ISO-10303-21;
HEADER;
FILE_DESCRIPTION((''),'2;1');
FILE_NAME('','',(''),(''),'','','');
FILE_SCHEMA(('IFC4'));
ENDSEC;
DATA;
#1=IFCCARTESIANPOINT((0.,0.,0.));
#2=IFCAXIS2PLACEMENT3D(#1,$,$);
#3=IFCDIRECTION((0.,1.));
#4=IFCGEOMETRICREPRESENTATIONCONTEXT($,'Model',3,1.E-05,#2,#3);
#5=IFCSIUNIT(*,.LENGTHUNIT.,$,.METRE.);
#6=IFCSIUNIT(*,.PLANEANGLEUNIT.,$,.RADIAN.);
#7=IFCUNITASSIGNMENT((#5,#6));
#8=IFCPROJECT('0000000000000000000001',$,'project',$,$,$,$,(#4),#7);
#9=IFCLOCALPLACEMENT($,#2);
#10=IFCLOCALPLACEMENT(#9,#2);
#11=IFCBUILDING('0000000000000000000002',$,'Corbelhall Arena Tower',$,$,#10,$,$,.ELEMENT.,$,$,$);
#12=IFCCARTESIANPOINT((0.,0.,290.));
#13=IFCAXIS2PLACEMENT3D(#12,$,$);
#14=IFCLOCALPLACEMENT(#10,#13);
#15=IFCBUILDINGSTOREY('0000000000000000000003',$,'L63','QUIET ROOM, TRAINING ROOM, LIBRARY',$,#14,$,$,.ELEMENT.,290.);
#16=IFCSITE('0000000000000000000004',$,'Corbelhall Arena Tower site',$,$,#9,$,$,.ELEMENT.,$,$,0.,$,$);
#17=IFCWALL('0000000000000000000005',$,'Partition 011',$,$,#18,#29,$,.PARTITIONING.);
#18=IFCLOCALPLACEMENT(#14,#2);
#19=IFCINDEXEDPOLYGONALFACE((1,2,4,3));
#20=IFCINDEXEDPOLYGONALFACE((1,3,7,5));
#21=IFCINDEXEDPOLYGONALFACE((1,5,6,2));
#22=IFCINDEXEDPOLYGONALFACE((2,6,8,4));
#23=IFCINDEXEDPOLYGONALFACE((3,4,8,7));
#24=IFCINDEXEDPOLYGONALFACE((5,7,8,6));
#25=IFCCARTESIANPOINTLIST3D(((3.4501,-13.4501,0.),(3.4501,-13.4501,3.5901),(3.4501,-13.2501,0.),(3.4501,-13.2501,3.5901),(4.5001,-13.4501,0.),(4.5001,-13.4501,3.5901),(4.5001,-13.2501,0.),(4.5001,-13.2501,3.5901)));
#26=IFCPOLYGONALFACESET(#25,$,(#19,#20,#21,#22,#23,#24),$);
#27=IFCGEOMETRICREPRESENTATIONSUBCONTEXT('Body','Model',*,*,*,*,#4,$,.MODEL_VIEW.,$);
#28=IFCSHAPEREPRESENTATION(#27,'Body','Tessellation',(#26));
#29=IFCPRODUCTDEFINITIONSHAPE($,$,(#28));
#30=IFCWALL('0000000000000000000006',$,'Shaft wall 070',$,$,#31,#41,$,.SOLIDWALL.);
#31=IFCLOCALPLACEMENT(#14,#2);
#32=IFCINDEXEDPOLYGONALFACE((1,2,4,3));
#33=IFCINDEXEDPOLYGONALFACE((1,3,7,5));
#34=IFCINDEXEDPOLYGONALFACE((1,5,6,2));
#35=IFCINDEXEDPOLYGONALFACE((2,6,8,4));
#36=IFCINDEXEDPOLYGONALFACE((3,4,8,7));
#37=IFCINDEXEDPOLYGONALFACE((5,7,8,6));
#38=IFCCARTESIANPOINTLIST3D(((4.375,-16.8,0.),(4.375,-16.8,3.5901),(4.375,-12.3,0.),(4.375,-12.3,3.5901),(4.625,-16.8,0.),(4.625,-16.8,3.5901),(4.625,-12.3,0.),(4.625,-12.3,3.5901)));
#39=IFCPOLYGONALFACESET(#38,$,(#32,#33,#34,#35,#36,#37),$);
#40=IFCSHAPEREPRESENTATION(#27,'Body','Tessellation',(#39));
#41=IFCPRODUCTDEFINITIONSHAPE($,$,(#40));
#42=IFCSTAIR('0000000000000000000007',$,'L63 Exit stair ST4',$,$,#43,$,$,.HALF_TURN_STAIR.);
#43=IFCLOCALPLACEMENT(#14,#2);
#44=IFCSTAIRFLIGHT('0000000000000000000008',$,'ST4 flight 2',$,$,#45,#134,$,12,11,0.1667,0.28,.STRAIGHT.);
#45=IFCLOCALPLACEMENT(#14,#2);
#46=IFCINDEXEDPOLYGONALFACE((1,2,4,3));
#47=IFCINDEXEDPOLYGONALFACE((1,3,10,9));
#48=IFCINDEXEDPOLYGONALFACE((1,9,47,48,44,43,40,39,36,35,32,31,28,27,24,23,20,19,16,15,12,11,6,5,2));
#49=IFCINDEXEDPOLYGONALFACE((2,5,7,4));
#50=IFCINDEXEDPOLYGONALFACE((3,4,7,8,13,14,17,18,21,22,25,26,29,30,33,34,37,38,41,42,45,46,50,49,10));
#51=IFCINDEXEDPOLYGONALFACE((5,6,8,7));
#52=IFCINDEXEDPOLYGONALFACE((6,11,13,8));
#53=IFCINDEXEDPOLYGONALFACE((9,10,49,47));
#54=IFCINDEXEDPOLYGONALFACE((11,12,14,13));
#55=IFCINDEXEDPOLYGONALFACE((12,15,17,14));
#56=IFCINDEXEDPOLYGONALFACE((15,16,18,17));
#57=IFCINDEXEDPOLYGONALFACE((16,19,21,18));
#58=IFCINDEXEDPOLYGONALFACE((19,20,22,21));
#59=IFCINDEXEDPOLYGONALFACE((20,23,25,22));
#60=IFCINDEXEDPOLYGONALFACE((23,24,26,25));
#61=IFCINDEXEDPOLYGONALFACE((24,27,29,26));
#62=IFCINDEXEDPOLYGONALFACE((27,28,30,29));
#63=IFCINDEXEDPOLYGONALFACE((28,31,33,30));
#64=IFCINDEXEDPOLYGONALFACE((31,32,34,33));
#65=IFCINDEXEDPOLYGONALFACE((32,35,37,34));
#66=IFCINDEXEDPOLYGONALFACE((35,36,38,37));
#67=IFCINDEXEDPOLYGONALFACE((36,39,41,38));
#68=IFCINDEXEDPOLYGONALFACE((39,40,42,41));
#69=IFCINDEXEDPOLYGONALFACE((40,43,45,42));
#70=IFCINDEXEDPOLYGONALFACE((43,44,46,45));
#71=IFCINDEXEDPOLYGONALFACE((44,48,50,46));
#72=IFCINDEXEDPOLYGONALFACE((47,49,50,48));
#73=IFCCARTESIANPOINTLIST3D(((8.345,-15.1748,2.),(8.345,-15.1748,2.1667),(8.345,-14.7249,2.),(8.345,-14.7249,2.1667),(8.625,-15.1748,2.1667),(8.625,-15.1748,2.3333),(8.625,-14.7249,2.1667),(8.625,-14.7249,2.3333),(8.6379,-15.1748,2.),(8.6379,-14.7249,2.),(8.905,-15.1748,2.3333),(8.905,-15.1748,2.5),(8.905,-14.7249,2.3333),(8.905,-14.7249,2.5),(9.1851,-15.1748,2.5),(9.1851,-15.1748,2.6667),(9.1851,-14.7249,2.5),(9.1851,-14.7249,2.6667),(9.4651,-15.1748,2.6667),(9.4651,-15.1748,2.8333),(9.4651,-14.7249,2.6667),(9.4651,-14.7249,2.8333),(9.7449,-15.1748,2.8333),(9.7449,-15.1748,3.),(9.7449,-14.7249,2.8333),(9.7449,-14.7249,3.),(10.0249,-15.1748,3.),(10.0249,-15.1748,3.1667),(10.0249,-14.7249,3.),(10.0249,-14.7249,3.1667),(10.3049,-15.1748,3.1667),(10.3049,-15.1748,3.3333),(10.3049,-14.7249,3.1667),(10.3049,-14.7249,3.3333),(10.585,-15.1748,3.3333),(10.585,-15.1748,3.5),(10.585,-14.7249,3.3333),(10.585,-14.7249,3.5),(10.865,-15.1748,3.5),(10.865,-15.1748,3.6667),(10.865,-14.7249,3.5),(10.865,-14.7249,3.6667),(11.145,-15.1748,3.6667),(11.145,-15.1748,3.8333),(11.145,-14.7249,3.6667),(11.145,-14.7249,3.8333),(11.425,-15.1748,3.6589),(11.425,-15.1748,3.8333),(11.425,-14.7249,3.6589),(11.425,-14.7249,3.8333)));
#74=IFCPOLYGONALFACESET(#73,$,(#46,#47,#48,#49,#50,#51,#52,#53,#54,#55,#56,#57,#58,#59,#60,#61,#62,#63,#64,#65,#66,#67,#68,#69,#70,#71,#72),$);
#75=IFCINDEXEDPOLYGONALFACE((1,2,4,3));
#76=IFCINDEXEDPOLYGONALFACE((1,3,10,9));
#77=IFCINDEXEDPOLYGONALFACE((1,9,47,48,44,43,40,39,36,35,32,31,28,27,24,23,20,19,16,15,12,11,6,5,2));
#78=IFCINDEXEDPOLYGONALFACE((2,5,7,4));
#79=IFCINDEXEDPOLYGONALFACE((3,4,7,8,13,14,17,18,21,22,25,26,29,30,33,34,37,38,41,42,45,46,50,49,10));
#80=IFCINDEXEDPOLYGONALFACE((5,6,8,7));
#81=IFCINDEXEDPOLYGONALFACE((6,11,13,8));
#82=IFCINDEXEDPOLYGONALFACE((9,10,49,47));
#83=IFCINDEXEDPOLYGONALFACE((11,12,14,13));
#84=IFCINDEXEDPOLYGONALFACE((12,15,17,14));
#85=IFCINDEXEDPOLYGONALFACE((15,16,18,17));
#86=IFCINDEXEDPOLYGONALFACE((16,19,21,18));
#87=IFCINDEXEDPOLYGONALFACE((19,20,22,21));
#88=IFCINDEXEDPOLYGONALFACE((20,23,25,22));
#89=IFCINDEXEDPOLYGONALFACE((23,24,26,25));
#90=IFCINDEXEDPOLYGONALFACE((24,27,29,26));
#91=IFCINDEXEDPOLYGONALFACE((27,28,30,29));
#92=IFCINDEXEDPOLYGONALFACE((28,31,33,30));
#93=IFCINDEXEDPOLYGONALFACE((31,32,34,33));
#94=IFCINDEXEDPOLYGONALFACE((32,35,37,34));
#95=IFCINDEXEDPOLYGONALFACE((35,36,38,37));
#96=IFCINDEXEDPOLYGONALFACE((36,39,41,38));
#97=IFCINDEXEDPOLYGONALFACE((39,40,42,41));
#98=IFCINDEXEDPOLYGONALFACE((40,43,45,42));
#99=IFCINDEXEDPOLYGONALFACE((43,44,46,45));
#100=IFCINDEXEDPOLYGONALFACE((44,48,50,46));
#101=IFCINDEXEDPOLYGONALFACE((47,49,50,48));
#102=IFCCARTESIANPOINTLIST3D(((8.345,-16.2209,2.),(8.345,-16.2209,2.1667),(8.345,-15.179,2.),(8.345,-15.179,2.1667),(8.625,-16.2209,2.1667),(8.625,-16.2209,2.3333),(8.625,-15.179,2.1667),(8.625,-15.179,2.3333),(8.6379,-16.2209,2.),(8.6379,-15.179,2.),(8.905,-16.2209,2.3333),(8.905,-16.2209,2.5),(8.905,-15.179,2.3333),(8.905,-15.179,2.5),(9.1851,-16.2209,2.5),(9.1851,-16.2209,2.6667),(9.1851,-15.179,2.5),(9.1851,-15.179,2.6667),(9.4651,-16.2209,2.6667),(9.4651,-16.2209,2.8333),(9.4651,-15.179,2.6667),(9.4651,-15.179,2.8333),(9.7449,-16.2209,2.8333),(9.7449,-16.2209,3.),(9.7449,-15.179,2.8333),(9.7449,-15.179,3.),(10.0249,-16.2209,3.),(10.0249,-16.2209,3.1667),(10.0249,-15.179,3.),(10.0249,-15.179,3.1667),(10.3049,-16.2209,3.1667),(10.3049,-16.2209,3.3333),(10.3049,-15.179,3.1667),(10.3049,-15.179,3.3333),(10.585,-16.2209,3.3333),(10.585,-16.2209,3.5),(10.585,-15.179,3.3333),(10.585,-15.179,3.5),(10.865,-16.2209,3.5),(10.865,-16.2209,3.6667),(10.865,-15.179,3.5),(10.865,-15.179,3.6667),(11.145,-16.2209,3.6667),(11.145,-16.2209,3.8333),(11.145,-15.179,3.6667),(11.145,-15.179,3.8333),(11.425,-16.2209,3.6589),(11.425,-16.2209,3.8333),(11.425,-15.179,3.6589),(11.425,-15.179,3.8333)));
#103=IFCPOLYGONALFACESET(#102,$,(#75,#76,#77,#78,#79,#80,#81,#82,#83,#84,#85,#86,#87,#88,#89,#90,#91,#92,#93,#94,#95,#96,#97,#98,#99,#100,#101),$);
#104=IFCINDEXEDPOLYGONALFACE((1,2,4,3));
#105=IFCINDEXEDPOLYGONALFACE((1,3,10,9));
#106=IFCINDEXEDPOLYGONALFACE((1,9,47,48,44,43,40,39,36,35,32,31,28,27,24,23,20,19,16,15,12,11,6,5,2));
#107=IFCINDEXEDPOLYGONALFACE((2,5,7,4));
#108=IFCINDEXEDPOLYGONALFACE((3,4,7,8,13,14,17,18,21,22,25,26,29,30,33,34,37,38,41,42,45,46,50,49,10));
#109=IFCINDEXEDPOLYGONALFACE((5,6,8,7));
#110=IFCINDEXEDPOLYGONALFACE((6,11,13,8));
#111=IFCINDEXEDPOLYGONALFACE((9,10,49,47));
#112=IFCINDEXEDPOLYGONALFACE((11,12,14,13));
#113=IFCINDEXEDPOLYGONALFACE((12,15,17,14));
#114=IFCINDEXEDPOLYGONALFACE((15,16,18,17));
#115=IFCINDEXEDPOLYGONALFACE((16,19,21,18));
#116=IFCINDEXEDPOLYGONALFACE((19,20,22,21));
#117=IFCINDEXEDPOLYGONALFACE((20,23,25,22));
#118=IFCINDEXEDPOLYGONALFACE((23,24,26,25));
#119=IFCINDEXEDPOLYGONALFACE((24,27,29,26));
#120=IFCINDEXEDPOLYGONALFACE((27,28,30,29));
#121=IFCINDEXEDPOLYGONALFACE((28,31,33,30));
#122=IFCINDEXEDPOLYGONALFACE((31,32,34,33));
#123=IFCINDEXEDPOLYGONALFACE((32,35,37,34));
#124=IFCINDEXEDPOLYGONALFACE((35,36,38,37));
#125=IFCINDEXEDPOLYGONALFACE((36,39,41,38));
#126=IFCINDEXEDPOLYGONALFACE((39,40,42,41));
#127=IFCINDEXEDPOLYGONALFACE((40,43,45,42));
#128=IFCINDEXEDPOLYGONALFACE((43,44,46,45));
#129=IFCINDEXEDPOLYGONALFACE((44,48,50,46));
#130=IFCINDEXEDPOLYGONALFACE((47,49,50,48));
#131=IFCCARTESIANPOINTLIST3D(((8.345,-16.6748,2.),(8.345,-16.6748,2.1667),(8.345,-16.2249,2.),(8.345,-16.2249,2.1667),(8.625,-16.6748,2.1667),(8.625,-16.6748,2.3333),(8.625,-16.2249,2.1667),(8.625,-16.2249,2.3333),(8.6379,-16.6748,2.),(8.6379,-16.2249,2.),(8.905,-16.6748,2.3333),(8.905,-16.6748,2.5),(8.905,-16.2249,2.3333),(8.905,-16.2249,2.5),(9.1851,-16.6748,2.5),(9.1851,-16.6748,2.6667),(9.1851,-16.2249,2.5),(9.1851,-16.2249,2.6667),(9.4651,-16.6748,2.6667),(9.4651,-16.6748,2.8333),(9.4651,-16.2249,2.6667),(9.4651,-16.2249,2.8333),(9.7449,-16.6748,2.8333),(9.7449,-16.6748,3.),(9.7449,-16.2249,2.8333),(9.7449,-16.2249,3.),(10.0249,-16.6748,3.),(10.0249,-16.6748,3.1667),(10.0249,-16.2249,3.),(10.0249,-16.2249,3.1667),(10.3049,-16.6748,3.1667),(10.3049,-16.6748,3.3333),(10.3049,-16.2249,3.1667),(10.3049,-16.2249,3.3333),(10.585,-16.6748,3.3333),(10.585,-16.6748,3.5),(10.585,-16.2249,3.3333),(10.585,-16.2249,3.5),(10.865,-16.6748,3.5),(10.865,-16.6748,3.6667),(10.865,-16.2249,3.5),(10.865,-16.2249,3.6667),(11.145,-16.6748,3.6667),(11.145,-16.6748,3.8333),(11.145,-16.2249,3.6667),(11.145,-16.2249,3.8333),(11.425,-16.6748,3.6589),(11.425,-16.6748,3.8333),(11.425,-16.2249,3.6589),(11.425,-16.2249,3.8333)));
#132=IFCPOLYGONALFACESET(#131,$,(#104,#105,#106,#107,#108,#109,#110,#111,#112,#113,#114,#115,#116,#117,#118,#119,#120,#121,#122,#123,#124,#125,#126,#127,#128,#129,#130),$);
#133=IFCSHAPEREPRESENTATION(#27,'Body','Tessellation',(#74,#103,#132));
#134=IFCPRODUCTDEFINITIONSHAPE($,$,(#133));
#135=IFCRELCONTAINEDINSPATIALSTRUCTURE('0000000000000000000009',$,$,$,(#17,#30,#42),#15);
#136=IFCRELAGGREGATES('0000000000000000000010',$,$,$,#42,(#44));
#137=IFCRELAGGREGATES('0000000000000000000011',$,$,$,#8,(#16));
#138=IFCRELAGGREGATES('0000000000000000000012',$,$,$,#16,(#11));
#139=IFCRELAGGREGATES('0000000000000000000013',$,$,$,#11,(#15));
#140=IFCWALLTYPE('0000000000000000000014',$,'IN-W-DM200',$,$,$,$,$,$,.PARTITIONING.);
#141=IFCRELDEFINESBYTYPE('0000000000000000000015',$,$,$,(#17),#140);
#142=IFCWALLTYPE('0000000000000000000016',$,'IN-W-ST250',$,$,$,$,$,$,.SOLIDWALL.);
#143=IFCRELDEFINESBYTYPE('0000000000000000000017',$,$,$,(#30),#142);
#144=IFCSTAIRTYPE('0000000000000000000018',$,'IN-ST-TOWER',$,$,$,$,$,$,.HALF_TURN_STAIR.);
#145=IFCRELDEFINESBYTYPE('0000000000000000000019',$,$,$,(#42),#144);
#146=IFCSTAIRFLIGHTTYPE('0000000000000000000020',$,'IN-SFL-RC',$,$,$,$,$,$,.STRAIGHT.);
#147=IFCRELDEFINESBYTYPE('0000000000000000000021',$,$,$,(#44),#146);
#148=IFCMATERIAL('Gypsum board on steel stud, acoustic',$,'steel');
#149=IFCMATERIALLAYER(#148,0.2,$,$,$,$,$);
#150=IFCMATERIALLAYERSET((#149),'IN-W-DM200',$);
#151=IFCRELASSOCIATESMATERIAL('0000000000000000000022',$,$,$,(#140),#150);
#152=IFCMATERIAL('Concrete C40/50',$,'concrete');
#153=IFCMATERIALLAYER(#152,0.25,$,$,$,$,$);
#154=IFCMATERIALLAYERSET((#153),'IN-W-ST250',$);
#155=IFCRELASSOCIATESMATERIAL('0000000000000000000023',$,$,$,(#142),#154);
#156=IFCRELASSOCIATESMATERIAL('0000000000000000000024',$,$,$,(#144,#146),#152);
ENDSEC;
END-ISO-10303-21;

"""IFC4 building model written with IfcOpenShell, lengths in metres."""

from ifc_helpers import new_model, si_unit, direction, frame, frame_2d, origin, place, context, subcontext, project, spatial, polyline, rectangle, outline, extrude, material, layer, layer_set, type_object, element, aggregate, save


model = new_model("IFC4")

# Units and contexts
model_context = context("Model", 3, precision=1e-05, world=origin(), true_north=direction((0.0, 1.0)))
body_context = subcontext(model_context, "Body", "Model", "MODEL_VIEW")
ifc_project = project(units=[si_unit("LENGTHUNIT", "METRE"), si_unit("PLANEANGLEUNIT", "RADIAN")], contexts=[model_context])

# Site, building, storey
site_placement = place(None, origin())
site = spatial("IfcSite", under=ifc_project, at=site_placement, Name="Corbelhall Arena Tower site", CompositionType="ELEMENT", RefElevation=0.0)
building_placement = place(site_placement, origin())
building = spatial("IfcBuilding", under=site, at=building_placement, Name="Corbelhall Arena Tower", CompositionType="ELEMENT")
storey_placement = place(building_placement, frame((0.0, 0.0, 290.0)))
storey = spatial("IfcBuildingStorey", under=building, at=storey_placement, Name="L63", Description="QUIET ROOM, TRAINING ROOM, LIBRARY", CompositionType="ELEMENT", Elevation=290.0)

# Wall
ifc_material_1 = material(Name="Gypsum board on steel stud, acoustic", Category="steel")
ifc_layer_1 = layer(ifc_material_1, 0.2)
ifc_layer_set_1 = layer_set([ifc_layer_1], Name="IN-W-DM200")
wall_type_1 = type_object("IfcWallType", Name="IN-W-DM200", PredefinedType="PARTITIONING", material=ifc_layer_set_1)
wall_1_placement = place(storey_placement, frame((4.5, -13.3501, 0.0), z_axis=(0.0, 0.0, 1.0), x_axis=(-1.0, 0.0, 0.0)))
element("IfcWall", 1, at=wall_1_placement, inside=storey, type_object=wall_type_1, Name="Partition 011", PredefinedType="PARTITIONING", context=body_context, shape_type="SweptSolid", body=[
    extrude(rectangle(XDim=1.05, YDim=0.2, at=frame_2d((0.5249, 0.0))), origin(), (0.0, 0.0, 1.0), 3.5901),
])

# Wall
ifc_material_2 = material(Name="Concrete C40/50", Category="concrete")
ifc_layer_2 = layer(ifc_material_2, 0.25)
ifc_layer_set_2 = layer_set([ifc_layer_2], Name="IN-W-ST250")
wall_type_2 = type_object("IfcWallType", Name="IN-W-ST250", PredefinedType="SOLIDWALL", material=ifc_layer_set_2)
wall_2_placement = place(storey_placement, frame((4.5, -16.8, 0.0), z_axis=(0.0, 0.0, 1.0), x_axis=(0.0, 1.0, 0.0)))
element("IfcWall", 2, at=wall_2_placement, inside=storey, type_object=wall_type_2, Name="Shaft wall 070", PredefinedType="SOLIDWALL", context=body_context, shape_type="SweptSolid", body=[
    extrude(rectangle(XDim=4.5, YDim=0.25, at=frame_2d((2.25, 0.0))), origin(), (0.0, 0.0, 1.0), 3.5901),
])

# Stair, stair flight
stair_type = type_object("IfcStairType", Name="IN-ST-TOWER", PredefinedType="HALF_TURN_STAIR", material=ifc_material_2)
stair_placement = place(storey_placement, origin())
stair = element("IfcStair", 3, at=stair_placement, inside=storey, type_object=stair_type, Name="L63 Exit stair ST4", PredefinedType="HALF_TURN_STAIR")
stair_flight_type = type_object("IfcStairFlightType", Name="IN-SFL-RC", PredefinedType="STRAIGHT", material=ifc_material_2)
stair_flight_placement = place(storey_placement, frame((8.345, -15.7, 2.0), z_axis=(0.0, 0.0, 1.0), x_axis=(1.0, 0.0, 0.0)))
stair_flight = element("IfcStairFlight", 4, at=stair_flight_placement, type_object=stair_flight_type, Name="ST4 flight 2", NumberOfRisers=12, NumberOfTreads=11, PredefinedType="STRAIGHT", RiserHeight=0.1667, TreadLength=0.28, context=body_context, shape_type="SweptSolid", body=[
    extrude(outline(polyline([(0.0, 0.0), (0.0, 0.1667), (0.28, 0.1667), (0.28, 0.3333), (0.5601, 0.3333), (0.5601, 0.5), (0.8401, 0.5), (0.8401, 0.6667), (1.1201, 0.6667), (1.1201, 0.8333), (1.3999, 0.8333), (1.3999, 1.0), (1.6799, 1.0), (1.6799, 1.1667), (1.96, 1.1667), (1.96, 1.3333), (2.24, 1.3333), (2.24, 1.5), (2.52, 1.5), (2.52, 1.6667), (2.8, 1.6667), (2.8, 1.8333), (3.0801, 1.8333), (3.0801, 2.0), (3.0801, 1.6589), (0.293, 0.0), (0.0, 0.0)])), frame((0.0, 0.9751, 0.0), z_axis=(0.0, -1.0, 0.0), x_axis=(1.0, 0.0, 0.0)), (0.0, 0.0, 1.0), 0.45),
    extrude(outline(polyline([(0.0, 0.0), (0.0, 0.1667), (0.28, 0.1667), (0.28, 0.3333), (0.5601, 0.3333), (0.5601, 0.5), (0.8401, 0.5), (0.8401, 0.6667), (1.1201, 0.6667), (1.1201, 0.8333), (1.3999, 0.8333), (1.3999, 1.0), (1.6799, 1.0), (1.6799, 1.1667), (1.96, 1.1667), (1.96, 1.3333), (2.24, 1.3333), (2.24, 1.5), (2.52, 1.5), (2.52, 1.6667), (2.8, 1.6667), (2.8, 1.8333), (3.0801, 1.8333), (3.0801, 2.0), (3.0801, 1.6589), (0.293, 0.0), (0.0, 0.0)])), frame((0.0, 0.521, 0.0), z_axis=(0.0, -1.0, 0.0), x_axis=(1.0, 0.0, 0.0)), (0.0, 0.0, 1.0), 1.042),
    extrude(outline(polyline([(0.0, 0.0), (0.0, 0.1667), (0.28, 0.1667), (0.28, 0.3333), (0.5601, 0.3333), (0.5601, 0.5), (0.8401, 0.5), (0.8401, 0.6667), (1.1201, 0.6667), (1.1201, 0.8333), (1.3999, 0.8333), (1.3999, 1.0), (1.6799, 1.0), (1.6799, 1.1667), (1.96, 1.1667), (1.96, 1.3333), (2.24, 1.3333), (2.24, 1.5), (2.52, 1.5), (2.52, 1.6667), (2.8, 1.6667), (2.8, 1.8333), (3.0801, 1.8333), (3.0801, 2.0), (3.0801, 1.6589), (0.293, 0.0), (0.0, 0.0)])), frame((0.0, -0.5249, 0.0), z_axis=(0.0, -1.0, 0.0), x_axis=(1.0, 0.0, 0.0)), (0.0, 0.0, 1.0), 0.45),
])
aggregate(stair, [stair_flight])

save(model, "model.ifc")
